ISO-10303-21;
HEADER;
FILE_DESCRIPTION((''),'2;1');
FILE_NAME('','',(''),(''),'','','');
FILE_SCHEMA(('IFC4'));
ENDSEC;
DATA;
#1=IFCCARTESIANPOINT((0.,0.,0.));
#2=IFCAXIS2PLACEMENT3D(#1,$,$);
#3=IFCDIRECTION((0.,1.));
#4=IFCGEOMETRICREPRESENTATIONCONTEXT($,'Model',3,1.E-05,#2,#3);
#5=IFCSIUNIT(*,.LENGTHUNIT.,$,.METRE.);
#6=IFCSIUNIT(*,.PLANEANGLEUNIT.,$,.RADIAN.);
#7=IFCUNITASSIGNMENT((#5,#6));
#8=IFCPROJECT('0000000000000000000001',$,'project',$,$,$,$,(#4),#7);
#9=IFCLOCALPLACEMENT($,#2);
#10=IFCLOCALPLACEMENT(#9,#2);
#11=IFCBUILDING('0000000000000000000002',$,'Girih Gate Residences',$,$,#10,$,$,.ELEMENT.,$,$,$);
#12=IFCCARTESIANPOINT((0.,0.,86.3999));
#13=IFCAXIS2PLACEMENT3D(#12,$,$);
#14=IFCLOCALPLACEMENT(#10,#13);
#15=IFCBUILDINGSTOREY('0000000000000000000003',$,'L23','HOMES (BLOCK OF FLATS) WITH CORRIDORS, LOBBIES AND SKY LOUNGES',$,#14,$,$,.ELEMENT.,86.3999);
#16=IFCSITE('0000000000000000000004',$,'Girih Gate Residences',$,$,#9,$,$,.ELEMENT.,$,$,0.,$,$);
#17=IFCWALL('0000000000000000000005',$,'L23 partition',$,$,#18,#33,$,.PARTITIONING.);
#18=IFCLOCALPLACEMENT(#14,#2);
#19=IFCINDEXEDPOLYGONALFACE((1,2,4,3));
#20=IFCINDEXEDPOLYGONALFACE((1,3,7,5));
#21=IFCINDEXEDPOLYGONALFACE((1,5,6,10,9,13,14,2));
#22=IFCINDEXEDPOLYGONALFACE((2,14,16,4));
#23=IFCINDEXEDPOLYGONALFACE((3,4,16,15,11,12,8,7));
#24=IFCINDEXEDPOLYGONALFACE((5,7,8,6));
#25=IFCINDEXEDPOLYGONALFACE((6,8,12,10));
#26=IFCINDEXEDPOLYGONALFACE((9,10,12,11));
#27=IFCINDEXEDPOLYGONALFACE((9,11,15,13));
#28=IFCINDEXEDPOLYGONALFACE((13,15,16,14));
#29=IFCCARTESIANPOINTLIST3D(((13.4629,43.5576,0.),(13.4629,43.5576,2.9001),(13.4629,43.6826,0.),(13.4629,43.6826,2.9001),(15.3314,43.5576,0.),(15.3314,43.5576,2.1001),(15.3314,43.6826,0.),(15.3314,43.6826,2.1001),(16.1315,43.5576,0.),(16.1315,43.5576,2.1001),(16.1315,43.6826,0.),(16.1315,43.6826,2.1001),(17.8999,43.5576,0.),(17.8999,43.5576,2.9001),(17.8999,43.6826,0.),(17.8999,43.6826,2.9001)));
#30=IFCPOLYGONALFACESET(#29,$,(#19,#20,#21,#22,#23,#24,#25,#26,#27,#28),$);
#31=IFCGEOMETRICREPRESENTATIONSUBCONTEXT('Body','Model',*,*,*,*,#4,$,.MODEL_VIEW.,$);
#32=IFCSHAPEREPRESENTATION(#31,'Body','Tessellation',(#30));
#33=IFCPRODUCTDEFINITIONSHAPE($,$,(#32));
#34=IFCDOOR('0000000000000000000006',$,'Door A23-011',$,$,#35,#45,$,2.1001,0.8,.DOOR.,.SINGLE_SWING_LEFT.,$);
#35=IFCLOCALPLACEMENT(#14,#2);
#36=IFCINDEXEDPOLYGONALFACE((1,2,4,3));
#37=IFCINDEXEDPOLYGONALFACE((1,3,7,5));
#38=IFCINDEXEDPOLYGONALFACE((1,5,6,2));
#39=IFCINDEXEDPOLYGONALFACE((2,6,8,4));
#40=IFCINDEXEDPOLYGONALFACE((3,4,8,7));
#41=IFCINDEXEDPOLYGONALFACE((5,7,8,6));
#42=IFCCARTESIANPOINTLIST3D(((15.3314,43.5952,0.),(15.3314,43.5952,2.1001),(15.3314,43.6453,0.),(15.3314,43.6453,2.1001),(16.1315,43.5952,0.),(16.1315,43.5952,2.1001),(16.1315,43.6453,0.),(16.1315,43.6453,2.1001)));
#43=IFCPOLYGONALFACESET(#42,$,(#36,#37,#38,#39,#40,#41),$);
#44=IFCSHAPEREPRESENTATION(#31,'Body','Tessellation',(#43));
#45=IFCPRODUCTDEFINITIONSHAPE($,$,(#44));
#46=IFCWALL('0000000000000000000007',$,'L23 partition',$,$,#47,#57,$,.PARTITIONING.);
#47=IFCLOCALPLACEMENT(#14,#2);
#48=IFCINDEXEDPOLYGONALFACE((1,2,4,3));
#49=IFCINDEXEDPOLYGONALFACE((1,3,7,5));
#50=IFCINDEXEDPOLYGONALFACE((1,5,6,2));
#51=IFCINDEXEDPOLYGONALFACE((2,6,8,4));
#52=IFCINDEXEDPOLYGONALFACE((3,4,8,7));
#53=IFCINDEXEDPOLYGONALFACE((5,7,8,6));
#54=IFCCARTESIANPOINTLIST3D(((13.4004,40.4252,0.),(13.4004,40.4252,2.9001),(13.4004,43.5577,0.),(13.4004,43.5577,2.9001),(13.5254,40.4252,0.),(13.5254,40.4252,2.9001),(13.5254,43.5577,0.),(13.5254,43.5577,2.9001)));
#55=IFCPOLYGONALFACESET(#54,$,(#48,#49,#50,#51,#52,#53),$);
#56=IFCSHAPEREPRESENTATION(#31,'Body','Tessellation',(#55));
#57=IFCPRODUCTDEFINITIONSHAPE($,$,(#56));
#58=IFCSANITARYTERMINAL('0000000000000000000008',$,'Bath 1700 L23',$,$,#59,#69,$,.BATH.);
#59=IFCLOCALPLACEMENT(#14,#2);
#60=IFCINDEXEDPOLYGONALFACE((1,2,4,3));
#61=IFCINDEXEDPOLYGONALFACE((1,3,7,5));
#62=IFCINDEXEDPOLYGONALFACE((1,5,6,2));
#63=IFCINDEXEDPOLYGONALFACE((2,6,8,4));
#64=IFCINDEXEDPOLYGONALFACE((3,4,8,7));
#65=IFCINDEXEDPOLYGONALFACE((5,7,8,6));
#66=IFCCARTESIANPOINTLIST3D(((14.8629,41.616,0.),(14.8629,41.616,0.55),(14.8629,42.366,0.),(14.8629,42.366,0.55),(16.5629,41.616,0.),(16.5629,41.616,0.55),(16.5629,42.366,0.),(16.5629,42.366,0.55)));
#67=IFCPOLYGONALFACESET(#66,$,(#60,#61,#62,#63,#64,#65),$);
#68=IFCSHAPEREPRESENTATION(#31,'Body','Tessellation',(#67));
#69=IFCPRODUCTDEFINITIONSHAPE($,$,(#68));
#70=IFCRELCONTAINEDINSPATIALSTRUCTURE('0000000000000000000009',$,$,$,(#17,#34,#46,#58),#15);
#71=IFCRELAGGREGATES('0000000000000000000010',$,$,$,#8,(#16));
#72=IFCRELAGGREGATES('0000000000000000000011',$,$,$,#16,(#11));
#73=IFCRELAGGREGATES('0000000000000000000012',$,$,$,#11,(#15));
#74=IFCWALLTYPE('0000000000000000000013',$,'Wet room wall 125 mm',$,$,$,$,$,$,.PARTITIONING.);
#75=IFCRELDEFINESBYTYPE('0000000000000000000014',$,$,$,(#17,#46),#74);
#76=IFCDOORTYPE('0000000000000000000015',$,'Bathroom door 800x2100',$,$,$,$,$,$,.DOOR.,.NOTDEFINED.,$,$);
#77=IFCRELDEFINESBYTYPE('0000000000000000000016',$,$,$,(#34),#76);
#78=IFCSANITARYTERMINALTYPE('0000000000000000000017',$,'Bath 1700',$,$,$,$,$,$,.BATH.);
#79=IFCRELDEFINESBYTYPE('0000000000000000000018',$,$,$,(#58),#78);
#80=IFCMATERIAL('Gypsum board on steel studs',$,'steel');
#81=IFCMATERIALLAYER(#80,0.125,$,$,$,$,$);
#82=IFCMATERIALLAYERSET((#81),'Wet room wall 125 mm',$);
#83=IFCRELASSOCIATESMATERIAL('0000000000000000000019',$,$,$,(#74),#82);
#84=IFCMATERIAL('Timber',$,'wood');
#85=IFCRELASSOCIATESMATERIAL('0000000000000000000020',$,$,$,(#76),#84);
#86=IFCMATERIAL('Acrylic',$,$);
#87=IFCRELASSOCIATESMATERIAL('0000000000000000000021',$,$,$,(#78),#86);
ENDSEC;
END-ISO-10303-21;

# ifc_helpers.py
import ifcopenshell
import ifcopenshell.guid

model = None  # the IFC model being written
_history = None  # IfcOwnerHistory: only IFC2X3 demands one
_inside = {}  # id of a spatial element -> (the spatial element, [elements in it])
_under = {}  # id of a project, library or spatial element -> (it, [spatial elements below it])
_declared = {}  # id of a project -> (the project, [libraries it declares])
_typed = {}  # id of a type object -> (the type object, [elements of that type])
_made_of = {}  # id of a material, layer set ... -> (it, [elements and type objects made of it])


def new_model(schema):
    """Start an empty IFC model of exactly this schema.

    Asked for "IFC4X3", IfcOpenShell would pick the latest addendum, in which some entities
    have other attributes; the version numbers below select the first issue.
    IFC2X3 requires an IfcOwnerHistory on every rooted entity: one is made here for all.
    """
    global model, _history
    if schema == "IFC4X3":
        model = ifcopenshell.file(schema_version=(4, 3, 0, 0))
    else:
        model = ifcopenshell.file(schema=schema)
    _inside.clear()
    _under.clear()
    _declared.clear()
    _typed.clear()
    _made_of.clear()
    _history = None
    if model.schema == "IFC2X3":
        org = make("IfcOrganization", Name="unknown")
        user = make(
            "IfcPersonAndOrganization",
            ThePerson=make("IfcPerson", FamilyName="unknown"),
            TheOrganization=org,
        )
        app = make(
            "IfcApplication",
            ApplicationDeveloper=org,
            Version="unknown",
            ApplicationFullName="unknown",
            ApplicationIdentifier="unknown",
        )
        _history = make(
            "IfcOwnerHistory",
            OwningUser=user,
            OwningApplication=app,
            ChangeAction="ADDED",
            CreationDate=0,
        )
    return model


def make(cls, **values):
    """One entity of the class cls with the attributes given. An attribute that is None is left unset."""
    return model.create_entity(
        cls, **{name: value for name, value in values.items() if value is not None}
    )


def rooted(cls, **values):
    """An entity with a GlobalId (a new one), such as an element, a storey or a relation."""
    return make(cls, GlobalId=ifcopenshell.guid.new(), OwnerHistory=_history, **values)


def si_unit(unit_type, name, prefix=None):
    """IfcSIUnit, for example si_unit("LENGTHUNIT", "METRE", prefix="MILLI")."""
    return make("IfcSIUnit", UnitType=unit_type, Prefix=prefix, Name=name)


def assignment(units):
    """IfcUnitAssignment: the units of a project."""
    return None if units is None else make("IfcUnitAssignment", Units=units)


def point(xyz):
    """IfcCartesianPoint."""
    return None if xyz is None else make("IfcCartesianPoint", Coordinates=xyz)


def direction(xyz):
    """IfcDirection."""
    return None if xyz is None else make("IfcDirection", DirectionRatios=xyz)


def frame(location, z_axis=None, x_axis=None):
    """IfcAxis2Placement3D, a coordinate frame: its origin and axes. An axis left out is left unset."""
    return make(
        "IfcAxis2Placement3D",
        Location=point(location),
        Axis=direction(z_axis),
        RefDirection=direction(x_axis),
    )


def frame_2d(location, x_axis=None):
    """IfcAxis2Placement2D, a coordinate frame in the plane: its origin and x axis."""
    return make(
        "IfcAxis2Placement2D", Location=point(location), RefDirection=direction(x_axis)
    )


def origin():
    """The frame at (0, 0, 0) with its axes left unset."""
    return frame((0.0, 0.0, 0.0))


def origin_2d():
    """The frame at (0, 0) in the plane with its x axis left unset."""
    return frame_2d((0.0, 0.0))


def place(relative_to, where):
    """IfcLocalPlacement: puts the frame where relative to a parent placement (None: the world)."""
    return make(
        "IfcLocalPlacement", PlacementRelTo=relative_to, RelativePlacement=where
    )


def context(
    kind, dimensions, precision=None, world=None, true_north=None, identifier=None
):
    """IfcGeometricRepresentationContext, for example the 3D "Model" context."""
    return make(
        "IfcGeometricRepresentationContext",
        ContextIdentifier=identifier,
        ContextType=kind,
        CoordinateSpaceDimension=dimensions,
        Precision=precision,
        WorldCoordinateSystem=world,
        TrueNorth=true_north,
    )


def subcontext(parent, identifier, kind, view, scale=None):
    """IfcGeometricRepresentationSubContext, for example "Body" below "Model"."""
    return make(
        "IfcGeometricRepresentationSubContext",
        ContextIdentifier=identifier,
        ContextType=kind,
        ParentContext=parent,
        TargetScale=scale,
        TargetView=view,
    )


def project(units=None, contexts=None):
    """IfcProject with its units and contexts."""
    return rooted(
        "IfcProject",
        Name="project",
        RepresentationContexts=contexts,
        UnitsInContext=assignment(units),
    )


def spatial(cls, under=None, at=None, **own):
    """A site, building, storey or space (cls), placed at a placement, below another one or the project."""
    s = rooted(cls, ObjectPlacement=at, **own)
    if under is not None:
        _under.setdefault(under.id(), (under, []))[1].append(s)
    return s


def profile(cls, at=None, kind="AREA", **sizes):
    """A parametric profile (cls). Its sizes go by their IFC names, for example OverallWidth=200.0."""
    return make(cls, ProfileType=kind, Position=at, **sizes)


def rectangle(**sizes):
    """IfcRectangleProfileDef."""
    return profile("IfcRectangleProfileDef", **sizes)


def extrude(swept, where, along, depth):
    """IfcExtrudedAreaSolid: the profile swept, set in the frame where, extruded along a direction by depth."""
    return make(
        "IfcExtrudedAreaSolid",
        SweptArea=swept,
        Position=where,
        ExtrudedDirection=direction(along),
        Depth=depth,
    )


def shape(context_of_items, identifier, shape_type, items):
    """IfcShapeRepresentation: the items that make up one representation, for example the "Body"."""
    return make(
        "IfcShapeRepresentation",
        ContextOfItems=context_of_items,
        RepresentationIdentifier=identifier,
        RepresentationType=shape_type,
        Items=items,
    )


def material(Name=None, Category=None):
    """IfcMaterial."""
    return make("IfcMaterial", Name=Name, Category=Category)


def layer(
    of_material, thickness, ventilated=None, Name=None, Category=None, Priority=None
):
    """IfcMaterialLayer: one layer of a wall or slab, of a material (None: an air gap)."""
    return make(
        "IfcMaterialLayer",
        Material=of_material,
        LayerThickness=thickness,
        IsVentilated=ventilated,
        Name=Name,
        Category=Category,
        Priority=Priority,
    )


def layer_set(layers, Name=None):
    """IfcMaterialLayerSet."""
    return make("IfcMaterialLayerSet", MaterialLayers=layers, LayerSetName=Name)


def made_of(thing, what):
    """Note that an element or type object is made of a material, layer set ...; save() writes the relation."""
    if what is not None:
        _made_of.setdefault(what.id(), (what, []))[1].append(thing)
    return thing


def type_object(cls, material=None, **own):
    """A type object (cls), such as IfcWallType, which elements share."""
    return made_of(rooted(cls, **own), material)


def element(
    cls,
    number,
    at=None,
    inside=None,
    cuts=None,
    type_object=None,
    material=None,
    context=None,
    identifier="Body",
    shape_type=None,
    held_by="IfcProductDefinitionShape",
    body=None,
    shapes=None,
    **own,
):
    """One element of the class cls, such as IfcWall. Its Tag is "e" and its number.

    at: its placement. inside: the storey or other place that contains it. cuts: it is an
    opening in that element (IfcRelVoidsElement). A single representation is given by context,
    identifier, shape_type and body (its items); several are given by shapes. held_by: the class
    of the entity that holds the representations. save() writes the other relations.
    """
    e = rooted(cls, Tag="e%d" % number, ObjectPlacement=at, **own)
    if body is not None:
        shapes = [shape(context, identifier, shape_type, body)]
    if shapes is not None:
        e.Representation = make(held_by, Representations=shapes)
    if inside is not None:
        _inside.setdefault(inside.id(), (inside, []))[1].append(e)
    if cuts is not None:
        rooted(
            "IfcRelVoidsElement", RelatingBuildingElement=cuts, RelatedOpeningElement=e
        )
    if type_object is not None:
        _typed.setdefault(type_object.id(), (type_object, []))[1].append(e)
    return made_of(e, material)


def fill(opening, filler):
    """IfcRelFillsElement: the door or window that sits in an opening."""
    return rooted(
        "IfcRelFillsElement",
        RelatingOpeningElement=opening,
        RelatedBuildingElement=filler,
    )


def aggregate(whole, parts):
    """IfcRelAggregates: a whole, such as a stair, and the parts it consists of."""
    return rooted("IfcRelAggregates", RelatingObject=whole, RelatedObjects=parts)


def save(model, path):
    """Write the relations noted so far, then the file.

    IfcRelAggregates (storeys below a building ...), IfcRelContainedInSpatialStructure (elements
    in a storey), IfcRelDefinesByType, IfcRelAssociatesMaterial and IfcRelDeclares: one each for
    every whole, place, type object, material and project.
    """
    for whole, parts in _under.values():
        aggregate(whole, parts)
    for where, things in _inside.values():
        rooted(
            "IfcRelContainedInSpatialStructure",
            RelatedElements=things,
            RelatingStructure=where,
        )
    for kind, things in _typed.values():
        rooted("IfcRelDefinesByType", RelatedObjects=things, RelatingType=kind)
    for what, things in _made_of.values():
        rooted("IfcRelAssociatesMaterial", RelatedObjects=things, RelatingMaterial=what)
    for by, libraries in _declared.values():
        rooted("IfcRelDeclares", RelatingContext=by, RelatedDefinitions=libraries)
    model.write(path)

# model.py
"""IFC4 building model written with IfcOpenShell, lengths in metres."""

from ifc_helpers import new_model, si_unit, direction, frame, frame_2d, origin, origin_2d, place, context, subcontext, project, spatial, rectangle, extrude, material, layer, layer_set, type_object, element, fill, save


model = new_model("IFC4")

# Units and contexts
model_context = context("Model", 3, precision=1e-05, world=origin(), true_north=direction((0.0, 1.0)))
body_context = subcontext(model_context, "Body", "Model", "MODEL_VIEW")
ifc_project = project(units=[si_unit("LENGTHUNIT", "METRE"), si_unit("PLANEANGLEUNIT", "RADIAN")], contexts=[model_context])

# Site, building, storey
site_placement = place(None, origin())
site = spatial("IfcSite", under=ifc_project, at=site_placement, Name="Girih Gate Residences", CompositionType="ELEMENT", RefElevation=0.0)
building_placement = place(site_placement, origin())
building = spatial("IfcBuilding", under=site, at=building_placement, Name="Girih Gate Residences", CompositionType="ELEMENT")
storey_placement = place(building_placement, frame((0.0, 0.0, 86.3999)))
storey = spatial("IfcBuildingStorey", under=building, at=storey_placement, Name="L23", Description="HOMES (BLOCK OF FLATS) WITH CORRIDORS, LOBBIES AND SKY LOUNGES", CompositionType="ELEMENT", Elevation=86.3999)

# Shared definitions
ifc_material_1 = material(Name="Gypsum board on steel studs", Category="steel")

# Shared definitions
ifc_material_2 = material(Name="Timber", Category="wood")

# Wall, opening, door
ifc_layer_1 = layer(ifc_material_1, 0.125)
ifc_layer_set_1 = layer_set([ifc_layer_1], Name="Wet room wall 125 mm")
wall_type_1 = type_object("IfcWallType", Name="Wet room wall 125 mm", PredefinedType="PARTITIONING", material=ifc_layer_set_1)
wall_1_placement = place(storey_placement, frame((17.8999, 43.6201, 0.0), z_axis=(0.0, 0.0, 1.0), x_axis=(-1.0, 0.0, 0.0)))
wall_1 = element("IfcWall", 1, at=wall_1_placement, inside=storey, type_object=wall_type_1, Name="L23 partition", PredefinedType="PARTITIONING", context=body_context, shape_type="SweptSolid", body=[
    extrude(rectangle(XDim=4.437, YDim=0.125, at=frame_2d((2.2185, 0.0))), origin(), (0.0, 0.0, 1.0), 2.9001),
])
opening_1_placement = place(wall_1_placement, frame((1.7686, 0.0, 0.0)))
opening_1 = element("IfcOpeningElement", 2, at=opening_1_placement, cuts=wall_1, PredefinedType="OPENING", context=body_context, shape_type="SweptSolid", body=[
    extrude(rectangle(XDim=0.8, YDim=2.1001, at=frame_2d((0.3999, 1.05))), frame((0.0, 0.0725, 0.0), z_axis=(0.0, -1.0, 0.0), x_axis=(1.0, 0.0, 0.0)), (0.0, 0.0, 1.0), 0.145),
])
door_type_1 = type_object("IfcDoorType", Name="Bathroom door 800x2100", OperationType="NOTDEFINED", PredefinedType="DOOR", material=ifc_material_2)
door_1_placement = place(opening_1_placement, origin())
door_1 = element("IfcDoor", 3, at=door_1_placement, inside=storey, type_object=door_type_1, Name="Door A23-011", OperationType="SINGLE_SWING_LEFT", OverallHeight=2.1001, OverallWidth=0.8, PredefinedType="DOOR", context=body_context, shape_type="SweptSolid", body=[
    extrude(rectangle(XDim=0.8, YDim=2.1001, at=frame_2d((0.3999, 1.05))), frame((0.0, 0.0249, 0.0), z_axis=(0.0, -1.0, 0.0), x_axis=(1.0, 0.0, 0.0)), (0.0, 0.0, 1.0), 0.05),
])
fill(opening_1, door_1)

# Wall
wall_2_placement = place(storey_placement, frame((13.4629, 40.425, 0.0), z_axis=(0.0, 0.0, 1.0), x_axis=(0.0, 1.0, 0.0)))
element("IfcWall", 4, at=wall_2_placement, inside=storey, type_object=wall_type_1, Name="L23 partition", PredefinedType="PARTITIONING", context=body_context, shape_type="SweptSolid", body=[
    extrude(rectangle(XDim=3.1326, YDim=0.125, at=frame_2d((1.5664, 0.0))), origin(), (0.0, 0.0, 1.0), 2.9001),
])

# Sanitary terminal
ifc_material_3 = material(Name="Acrylic")
sanitary_terminal_type = type_object("IfcSanitaryTerminalType", Name="Bath 1700", PredefinedType="BATH", material=ifc_material_3)
sanitary_terminal_placement = place(storey_placement, frame((15.7129, 41.991, 0.0), z_axis=(0.0, 0.0, 1.0), x_axis=(1.0, 0.0, 0.0)))
element("IfcSanitaryTerminal", 5, at=sanitary_terminal_placement, inside=storey, type_object=sanitary_terminal_type, Name="Bath 1700 L23", PredefinedType="BATH", context=body_context, shape_type="SweptSolid", body=[
    extrude(rectangle(XDim=1.7, YDim=0.75, at=origin_2d()), origin(), (0.0, 0.0, 1.0), 0.55),
])

save(model, "model.ifc")
